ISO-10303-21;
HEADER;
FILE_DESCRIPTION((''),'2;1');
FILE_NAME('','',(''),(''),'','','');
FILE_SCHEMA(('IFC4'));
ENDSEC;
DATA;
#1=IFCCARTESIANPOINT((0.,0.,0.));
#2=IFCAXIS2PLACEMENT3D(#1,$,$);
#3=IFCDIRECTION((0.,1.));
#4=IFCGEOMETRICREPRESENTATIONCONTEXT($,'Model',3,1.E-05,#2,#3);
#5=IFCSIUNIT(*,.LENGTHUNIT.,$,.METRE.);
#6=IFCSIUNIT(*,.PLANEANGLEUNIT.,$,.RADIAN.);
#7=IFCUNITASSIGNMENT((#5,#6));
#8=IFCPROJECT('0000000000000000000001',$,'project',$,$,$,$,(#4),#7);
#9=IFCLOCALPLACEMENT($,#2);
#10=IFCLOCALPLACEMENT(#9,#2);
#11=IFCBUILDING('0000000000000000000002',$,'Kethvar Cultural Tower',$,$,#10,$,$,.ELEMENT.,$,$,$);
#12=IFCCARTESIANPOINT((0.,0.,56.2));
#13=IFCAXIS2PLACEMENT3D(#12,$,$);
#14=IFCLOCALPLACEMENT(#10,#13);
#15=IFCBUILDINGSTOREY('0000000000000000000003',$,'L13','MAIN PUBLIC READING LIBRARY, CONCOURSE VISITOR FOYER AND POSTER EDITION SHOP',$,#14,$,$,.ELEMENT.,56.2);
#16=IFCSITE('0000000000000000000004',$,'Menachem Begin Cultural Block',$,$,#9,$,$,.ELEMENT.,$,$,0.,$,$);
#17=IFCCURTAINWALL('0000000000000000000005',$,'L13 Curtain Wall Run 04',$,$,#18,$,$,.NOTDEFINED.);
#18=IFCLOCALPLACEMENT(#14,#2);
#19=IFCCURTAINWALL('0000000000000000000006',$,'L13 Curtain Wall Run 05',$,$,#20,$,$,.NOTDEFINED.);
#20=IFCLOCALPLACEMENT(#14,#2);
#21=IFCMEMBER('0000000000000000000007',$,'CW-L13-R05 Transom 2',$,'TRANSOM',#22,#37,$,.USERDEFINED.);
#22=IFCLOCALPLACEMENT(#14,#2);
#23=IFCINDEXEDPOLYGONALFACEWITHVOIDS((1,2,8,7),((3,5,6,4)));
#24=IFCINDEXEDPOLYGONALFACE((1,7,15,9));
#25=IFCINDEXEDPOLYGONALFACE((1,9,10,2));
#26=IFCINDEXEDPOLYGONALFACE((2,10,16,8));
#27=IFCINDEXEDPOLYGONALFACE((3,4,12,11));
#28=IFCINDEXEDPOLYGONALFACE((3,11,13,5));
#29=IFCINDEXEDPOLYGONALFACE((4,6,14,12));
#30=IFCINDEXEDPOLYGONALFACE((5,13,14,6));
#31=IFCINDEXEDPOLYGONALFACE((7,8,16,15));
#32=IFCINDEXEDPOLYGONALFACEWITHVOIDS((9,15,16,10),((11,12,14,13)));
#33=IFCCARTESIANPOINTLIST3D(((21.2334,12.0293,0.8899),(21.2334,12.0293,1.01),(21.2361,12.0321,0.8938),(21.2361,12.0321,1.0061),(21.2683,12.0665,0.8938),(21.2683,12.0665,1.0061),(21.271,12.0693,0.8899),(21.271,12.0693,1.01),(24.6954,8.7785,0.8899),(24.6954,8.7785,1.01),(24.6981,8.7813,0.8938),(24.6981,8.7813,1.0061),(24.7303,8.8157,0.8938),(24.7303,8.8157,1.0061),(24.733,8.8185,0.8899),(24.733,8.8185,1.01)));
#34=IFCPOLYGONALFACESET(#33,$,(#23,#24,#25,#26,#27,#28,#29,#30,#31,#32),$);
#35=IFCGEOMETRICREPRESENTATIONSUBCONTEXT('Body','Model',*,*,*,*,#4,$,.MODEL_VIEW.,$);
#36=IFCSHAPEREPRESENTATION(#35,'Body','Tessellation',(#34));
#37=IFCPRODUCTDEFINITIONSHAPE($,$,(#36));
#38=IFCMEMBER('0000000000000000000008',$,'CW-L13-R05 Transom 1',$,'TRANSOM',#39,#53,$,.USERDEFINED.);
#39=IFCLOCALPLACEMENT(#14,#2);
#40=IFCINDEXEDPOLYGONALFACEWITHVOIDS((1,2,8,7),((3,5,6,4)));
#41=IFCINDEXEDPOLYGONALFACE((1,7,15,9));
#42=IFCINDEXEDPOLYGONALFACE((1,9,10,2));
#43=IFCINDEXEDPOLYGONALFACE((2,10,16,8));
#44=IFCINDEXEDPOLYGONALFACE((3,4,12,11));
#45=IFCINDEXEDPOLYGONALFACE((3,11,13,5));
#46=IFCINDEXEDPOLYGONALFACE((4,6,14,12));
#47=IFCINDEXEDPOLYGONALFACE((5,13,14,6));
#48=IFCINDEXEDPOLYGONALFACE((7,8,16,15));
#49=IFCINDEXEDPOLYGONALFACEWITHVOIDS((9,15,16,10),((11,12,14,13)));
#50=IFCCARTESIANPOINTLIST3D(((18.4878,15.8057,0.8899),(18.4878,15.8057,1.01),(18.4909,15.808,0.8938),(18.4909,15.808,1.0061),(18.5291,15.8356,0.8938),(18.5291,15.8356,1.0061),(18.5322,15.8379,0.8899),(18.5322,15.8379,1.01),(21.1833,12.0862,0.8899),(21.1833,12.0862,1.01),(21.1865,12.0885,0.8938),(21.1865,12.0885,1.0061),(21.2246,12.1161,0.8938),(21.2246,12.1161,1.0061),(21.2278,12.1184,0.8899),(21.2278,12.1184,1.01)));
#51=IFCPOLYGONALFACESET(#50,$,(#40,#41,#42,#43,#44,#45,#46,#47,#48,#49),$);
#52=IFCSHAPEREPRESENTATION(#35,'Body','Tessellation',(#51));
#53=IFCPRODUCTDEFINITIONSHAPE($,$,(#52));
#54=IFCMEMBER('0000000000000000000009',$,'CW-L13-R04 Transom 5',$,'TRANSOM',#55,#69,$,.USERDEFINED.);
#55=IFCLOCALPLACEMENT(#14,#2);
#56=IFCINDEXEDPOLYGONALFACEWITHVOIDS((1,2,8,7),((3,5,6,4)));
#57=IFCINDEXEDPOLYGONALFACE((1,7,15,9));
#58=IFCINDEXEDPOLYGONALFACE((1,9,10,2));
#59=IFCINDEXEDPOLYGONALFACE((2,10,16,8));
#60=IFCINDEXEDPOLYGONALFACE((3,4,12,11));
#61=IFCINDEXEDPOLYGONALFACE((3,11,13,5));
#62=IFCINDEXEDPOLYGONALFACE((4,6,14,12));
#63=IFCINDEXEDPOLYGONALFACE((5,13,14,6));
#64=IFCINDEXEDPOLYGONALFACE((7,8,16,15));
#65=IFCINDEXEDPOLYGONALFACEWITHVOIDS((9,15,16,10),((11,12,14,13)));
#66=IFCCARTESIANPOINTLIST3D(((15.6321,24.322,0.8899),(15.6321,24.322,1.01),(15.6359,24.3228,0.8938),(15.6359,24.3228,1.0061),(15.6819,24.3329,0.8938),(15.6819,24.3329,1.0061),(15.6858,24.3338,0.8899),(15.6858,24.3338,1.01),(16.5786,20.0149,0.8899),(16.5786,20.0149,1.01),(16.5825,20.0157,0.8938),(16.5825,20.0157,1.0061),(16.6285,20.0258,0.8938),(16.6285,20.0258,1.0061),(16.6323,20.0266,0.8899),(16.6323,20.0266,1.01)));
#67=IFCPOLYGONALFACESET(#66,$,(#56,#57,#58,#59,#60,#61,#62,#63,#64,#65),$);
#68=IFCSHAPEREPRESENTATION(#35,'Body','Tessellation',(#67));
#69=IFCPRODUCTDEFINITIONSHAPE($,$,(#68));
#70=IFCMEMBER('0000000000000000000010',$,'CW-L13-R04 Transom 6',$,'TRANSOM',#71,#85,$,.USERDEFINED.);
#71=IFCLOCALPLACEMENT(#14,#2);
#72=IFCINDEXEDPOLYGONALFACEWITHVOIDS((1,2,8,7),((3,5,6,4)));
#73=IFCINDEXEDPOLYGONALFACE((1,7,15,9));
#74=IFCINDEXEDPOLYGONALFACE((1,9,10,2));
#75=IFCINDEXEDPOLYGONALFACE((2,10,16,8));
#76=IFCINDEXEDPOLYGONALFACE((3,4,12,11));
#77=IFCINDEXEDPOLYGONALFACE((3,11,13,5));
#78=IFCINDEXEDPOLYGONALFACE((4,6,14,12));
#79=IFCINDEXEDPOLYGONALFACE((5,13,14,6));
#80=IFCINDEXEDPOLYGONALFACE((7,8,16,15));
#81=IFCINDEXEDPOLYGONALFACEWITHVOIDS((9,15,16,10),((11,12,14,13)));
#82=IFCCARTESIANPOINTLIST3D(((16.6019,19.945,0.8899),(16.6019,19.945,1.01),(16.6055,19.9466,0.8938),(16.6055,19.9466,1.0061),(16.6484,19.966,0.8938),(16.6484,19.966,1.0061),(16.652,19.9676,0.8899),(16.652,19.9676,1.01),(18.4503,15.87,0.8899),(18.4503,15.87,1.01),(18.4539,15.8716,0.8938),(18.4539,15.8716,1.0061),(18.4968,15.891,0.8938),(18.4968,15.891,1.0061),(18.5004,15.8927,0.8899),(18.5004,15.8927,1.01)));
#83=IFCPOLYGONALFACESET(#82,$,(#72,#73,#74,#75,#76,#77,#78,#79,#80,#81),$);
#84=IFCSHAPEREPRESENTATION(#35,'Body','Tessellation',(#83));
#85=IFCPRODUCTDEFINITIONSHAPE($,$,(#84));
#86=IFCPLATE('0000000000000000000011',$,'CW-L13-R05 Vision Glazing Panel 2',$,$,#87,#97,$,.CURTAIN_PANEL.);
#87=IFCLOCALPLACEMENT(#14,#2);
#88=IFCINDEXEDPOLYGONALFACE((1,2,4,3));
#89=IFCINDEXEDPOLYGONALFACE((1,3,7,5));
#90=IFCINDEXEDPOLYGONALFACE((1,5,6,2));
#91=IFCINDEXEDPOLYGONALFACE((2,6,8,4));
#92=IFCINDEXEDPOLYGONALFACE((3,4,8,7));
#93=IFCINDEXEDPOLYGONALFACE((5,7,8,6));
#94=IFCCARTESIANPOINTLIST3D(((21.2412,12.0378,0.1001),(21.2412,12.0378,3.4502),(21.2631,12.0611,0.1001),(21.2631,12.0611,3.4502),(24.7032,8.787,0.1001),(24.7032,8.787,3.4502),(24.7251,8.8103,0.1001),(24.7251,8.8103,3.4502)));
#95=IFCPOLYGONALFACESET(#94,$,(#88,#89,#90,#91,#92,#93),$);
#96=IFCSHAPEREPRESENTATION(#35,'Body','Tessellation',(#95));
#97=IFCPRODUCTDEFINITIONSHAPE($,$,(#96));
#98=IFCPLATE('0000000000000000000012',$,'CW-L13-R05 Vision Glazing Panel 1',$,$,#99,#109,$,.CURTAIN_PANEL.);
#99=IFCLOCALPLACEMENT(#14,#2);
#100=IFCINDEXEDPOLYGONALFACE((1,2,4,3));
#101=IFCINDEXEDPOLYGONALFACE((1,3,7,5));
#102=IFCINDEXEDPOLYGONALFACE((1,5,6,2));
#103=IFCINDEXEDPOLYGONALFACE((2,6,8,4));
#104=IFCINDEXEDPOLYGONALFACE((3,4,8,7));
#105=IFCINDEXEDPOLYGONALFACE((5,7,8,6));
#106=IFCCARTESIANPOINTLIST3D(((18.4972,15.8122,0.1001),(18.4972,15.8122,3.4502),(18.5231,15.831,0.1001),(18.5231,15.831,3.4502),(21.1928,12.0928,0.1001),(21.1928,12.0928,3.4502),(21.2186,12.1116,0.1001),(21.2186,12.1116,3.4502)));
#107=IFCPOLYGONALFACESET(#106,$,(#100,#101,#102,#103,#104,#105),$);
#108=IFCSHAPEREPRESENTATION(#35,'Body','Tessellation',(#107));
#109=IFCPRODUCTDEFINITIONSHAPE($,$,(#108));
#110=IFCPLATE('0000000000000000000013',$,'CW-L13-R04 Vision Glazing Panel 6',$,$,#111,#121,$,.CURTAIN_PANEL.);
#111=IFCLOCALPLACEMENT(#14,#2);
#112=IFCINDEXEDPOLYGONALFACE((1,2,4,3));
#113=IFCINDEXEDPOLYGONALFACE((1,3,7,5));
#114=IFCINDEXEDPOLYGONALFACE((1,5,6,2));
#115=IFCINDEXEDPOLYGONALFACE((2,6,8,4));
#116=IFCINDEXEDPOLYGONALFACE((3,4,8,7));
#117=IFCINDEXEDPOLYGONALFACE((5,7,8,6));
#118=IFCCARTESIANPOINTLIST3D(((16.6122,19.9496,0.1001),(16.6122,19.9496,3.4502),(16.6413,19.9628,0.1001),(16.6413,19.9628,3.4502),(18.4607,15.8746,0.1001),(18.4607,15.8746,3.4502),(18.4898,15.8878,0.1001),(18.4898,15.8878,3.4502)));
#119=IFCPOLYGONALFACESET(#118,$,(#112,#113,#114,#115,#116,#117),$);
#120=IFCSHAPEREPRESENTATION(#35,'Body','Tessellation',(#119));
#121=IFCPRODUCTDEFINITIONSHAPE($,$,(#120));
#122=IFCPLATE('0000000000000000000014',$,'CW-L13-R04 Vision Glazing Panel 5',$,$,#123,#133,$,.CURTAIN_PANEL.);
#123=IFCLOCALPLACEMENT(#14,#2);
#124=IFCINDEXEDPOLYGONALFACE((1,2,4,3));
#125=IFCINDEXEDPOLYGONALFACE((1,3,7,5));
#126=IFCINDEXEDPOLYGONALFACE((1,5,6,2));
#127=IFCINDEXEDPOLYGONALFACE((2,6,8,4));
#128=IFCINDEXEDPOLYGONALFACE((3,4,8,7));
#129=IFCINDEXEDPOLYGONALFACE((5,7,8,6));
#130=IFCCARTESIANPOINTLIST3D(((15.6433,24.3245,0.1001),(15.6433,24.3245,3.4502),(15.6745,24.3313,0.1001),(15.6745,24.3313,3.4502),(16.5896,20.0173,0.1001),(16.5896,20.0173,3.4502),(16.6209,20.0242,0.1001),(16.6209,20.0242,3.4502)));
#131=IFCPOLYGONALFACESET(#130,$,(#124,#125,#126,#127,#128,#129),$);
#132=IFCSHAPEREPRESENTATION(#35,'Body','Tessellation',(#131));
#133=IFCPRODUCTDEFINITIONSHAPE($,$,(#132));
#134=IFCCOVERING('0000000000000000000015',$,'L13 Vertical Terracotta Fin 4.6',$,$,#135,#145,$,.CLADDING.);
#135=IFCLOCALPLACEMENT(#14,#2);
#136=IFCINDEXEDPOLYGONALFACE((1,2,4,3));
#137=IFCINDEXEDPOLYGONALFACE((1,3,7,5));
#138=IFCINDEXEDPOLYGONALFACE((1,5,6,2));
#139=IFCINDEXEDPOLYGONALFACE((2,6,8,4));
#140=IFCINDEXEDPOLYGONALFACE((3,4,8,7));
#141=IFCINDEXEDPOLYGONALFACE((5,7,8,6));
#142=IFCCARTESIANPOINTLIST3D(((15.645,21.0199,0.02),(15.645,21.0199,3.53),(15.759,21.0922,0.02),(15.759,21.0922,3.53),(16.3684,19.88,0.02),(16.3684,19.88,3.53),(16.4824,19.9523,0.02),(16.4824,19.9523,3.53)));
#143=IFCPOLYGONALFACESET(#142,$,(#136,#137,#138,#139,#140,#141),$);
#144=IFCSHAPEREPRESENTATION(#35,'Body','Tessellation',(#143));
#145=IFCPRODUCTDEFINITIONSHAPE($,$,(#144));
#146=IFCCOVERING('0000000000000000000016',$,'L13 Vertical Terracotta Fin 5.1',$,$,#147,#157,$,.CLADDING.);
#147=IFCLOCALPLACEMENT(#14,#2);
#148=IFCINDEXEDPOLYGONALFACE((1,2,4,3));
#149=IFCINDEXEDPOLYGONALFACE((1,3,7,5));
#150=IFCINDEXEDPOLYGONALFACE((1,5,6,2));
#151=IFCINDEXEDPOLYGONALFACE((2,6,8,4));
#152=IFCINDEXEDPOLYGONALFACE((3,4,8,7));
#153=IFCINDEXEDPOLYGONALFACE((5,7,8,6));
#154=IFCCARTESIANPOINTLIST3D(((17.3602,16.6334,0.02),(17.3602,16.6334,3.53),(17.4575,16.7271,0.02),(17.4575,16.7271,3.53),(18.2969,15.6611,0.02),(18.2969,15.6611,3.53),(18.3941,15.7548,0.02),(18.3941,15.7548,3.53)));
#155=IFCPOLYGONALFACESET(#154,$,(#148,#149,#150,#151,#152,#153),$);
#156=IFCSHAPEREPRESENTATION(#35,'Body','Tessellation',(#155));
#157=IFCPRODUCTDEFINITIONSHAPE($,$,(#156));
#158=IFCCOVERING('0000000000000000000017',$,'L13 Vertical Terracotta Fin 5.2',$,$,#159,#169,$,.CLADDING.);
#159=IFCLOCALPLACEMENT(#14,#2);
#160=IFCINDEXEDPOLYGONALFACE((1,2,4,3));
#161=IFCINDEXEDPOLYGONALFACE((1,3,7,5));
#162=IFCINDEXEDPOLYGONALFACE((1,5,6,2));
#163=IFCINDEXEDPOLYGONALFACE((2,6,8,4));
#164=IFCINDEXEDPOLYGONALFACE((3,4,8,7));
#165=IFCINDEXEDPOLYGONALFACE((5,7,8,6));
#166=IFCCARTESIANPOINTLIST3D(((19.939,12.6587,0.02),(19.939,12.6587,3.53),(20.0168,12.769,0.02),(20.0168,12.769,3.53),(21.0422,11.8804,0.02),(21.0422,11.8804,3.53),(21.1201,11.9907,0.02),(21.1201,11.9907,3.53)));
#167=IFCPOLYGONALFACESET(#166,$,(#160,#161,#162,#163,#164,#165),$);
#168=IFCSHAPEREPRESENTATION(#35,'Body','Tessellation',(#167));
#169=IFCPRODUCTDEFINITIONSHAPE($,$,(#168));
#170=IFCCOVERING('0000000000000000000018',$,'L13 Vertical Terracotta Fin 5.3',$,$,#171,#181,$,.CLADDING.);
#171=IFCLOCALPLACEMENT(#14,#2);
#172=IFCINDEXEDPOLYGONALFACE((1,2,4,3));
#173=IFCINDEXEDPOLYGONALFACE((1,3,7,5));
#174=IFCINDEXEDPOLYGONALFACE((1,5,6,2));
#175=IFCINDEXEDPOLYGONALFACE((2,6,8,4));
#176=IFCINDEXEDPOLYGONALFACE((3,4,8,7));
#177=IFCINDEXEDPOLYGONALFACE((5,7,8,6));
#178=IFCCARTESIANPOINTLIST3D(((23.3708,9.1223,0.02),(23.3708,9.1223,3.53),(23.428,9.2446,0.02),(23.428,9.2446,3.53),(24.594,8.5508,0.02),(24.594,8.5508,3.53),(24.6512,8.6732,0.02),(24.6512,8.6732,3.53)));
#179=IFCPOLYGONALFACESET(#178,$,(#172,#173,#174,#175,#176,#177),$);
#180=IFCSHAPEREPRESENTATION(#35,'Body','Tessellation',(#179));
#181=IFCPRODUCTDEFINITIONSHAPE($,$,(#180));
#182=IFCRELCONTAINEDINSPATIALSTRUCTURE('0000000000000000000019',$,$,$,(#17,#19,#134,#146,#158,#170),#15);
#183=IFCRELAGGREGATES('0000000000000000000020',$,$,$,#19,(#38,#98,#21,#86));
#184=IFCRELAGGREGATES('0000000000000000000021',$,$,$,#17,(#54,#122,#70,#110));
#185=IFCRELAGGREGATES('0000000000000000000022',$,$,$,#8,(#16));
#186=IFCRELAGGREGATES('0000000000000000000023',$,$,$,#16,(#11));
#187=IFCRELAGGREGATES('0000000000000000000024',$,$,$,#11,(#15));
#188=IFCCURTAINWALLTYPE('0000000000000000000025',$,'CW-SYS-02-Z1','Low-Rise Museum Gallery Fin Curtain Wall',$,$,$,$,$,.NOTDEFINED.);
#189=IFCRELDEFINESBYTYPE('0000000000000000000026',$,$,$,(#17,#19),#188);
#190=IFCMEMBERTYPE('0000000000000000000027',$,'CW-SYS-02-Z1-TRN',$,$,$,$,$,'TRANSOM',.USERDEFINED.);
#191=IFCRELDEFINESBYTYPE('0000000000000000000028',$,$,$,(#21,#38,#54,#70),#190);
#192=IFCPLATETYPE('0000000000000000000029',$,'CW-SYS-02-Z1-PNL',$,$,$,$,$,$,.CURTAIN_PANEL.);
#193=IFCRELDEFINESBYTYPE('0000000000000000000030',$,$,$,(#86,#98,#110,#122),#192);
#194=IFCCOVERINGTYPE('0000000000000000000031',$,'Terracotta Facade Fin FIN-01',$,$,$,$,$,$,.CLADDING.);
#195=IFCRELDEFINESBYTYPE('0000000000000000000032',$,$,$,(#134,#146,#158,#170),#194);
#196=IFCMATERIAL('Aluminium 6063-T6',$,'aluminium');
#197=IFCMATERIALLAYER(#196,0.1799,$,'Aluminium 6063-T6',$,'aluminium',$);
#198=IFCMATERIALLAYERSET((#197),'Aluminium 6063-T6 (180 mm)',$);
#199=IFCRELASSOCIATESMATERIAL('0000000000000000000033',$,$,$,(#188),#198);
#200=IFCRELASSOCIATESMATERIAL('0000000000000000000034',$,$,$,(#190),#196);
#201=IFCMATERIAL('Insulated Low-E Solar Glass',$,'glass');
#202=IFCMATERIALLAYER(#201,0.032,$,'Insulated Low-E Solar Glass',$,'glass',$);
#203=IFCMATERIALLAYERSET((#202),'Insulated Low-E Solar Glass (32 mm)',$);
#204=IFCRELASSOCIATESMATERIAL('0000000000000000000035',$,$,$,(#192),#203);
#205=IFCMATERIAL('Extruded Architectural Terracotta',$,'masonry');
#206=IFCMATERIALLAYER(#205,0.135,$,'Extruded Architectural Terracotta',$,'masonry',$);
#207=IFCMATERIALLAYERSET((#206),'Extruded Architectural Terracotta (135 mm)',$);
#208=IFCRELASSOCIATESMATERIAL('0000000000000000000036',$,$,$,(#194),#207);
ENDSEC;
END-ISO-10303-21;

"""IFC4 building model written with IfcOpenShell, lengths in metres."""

from ifc_helpers import new_model, si_unit, direction, frame, origin, origin_2d, place, context, subcontext, project, spatial, rectangle, hollow_rectangle, extrude, source, transform, mapped, material, layer, layer_set, material_profile, profile_set, type_object, element, aggregate, save


model = new_model("IFC4")

# Units and contexts
model_context = context("Model", 3, precision=1e-05, world=origin(), true_north=direction((0.0, 1.0)))
body_context = subcontext(model_context, "Body", "Model", "MODEL_VIEW")
ifc_project = project(units=[si_unit("LENGTHUNIT", "METRE"), si_unit("PLANEANGLEUNIT", "RADIAN")], contexts=[model_context])

# Site, building, storey
site_placement = place(None, origin())
site = spatial("IfcSite", under=ifc_project, at=site_placement, Name="Menachem Begin Cultural Block", CompositionType="ELEMENT", RefElevation=0.0)
building_placement = place(site_placement, origin())
building = spatial("IfcBuilding", under=site, at=building_placement, Name="Kethvar Cultural Tower", CompositionType="ELEMENT")
storey_placement = place(building_placement, frame((0.0, 0.0, 56.2)))
storey = spatial("IfcBuildingStorey", under=building, at=storey_placement, Name="L13", Description="MAIN PUBLIC READING LIBRARY, CONCOURSE VISITOR FOYER AND POSTER EDITION SHOP", CompositionType="ELEMENT", Elevation=56.2)

# Curtain walls, members
ifc_material_1 = material(Name="Aluminium 6063-T6", Category="aluminium")
ifc_layer_1 = layer(ifc_material_1, 0.1799, Name="Aluminium 6063-T6", Category="aluminium")
ifc_layer_set_1 = layer_set([ifc_layer_1], Name="Aluminium 6063-T6 (180 mm)")
curtain_wall_type = type_object("IfcCurtainWallType", Name="CW-SYS-02-Z1", Description="Low-Rise Museum Gallery Fin Curtain Wall", PredefinedType="NOTDEFINED", material=ifc_layer_set_1)
curtain_wall_1_placement = place(storey_placement, origin())
curtain_wall_1 = element("IfcCurtainWall", 1, at=curtain_wall_1_placement, inside=storey, type_object=curtain_wall_type, Name="L13 Curtain Wall Run 04", PredefinedType="NOTDEFINED")
curtain_wall_2_placement = place(storey_placement, origin())
curtain_wall_2 = element("IfcCurtainWall", 2, at=curtain_wall_2_placement, inside=storey, type_object=curtain_wall_type, Name="L13 Curtain Wall Run 05", PredefinedType="NOTDEFINED")
ifc_material_profile_1 = material_profile(ifc_material_1, hollow_rectangle(XDim=0.0549, YDim=0.1201, WallThickness=0.0039, at=origin_2d()), Name="Aluminium 6063-T6 — RHS120x55x4")
ifc_profile_set_1 = profile_set([ifc_material_profile_1], Name="Aluminium 6063-T6 — RHS120x55x4")
member_type_1 = type_object("IfcMemberType", Name="CW-SYS-02-Z1-TRN", ElementType="TRANSOM", PredefinedType="USERDEFINED", material=ifc_profile_set_1)
shared_shape_1 = source(origin(), body_context, "Body", "SweptSolid", [
    extrude(hollow_rectangle(XDim=0.0549, YDim=0.1201, WallThickness=0.0039, at=origin_2d()), origin(), (0.0, 0.0, 1.0), 4.749),
])
member_1_placement = place(storey_placement, frame((21.2522, 12.0493, 0.95), z_axis=(0.728992, -0.684522, 0.0), x_axis=(0.684522, 0.728992, 0.0)))
member_1 = element("IfcMember", 3, at=member_1_placement, type_object=member_type_1, Name="CW-L13-R05 Transom 2", ObjectType="TRANSOM", PredefinedType="USERDEFINED", context=body_context, shape_type="MappedRepresentation", body=[
    mapped(shared_shape_1, transform((0.0, 0.0, 0.0), scale=1.0)),
])
shared_shape_2 = source(origin(), body_context, "Body", "SweptSolid", [
    extrude(hollow_rectangle(XDim=0.0549, YDim=0.1201, WallThickness=0.0039, at=origin_2d()), origin(), (0.0, 0.0, 1.0), 4.5935),
])
member_2_placement = place(storey_placement, frame((18.51, 15.8218, 0.95), z_axis=(0.586815, -0.809721, 0.0), x_axis=(0.809721, 0.586815, 0.0)))
member_2 = element("IfcMember", 4, at=member_2_placement, type_object=member_type_1, Name="CW-L13-R05 Transom 1", ObjectType="TRANSOM", PredefinedType="USERDEFINED", context=body_context, shape_type="MappedRepresentation", body=[
    mapped(shared_shape_2, transform((0.0, 0.0, 0.0), scale=1.0)),
])

# Members
shared_shape_3 = source(origin(), body_context, "Body", "SweptSolid", [
    extrude(hollow_rectangle(XDim=0.0549, YDim=0.1201, WallThickness=0.0039, at=origin_2d()), origin(), (0.0, 0.0, 1.0), 4.4099),
])
member_3_placement = place(storey_placement, frame((15.6589, 24.3279, 0.95), z_axis=(0.214638, -0.976694, 0.0), x_axis=(0.976694, 0.214638, 0.0)))
member_3 = element("IfcMember", 5, at=member_3_placement, type_object=member_type_1, Name="CW-L13-R04 Transom 5", ObjectType="TRANSOM", PredefinedType="USERDEFINED", context=body_context, shape_type="MappedRepresentation", body=[
    mapped(shared_shape_3, transform((0.0, 0.0, 0.0), scale=1.0)),
])
shared_shape_4 = source(origin(), body_context, "Body", "SweptSolid", [
    extrude(hollow_rectangle(XDim=0.0549, YDim=0.1201, WallThickness=0.0039, at=origin_2d()), origin(), (0.0, 0.0, 1.0), 4.4746),
])
member_4_placement = place(storey_placement, frame((16.627, 19.9563, 0.95), z_axis=(0.413088, -0.910691, 0.0), x_axis=(0.910691, 0.413088, 0.0)))
member_4 = element("IfcMember", 6, at=member_4_placement, type_object=member_type_1, Name="CW-L13-R04 Transom 6", ObjectType="TRANSOM", PredefinedType="USERDEFINED", context=body_context, shape_type="MappedRepresentation", body=[
    mapped(shared_shape_4, transform((0.0, 0.0, 0.0), scale=1.0)),
])

# Plates
ifc_material_2 = material(Name="Insulated Low-E Solar Glass", Category="glass")
ifc_layer_2 = layer(ifc_material_2, 0.032, Name="Insulated Low-E Solar Glass", Category="glass")
ifc_layer_set_2 = layer_set([ifc_layer_2], Name="Insulated Low-E Solar Glass (32 mm)")
plate_type = type_object("IfcPlateType", Name="CW-SYS-02-Z1-PNL", PredefinedType="CURTAIN_PANEL", material=ifc_layer_set_2)
shared_shape_5 = source(origin(), body_context, "Body", "SweptSolid", [
    extrude(rectangle(XDim=4.749, YDim=0.032, at=origin_2d()), origin(), (0.0, 0.0, 1.0), 3.3501),
])
plate_1_placement = place(storey_placement, frame((22.9832, 10.4241, 0.1001), z_axis=(0.0, 0.0, 1.0), x_axis=(0.728993, -0.684522, 0.0)))
plate_1 = element("IfcPlate", 7, at=plate_1_placement, type_object=plate_type, Name="CW-L13-R05 Vision Glazing Panel 2", PredefinedType="CURTAIN_PANEL", context=body_context, shape_type="MappedRepresentation", body=[
    mapped(shared_shape_5, transform((0.0, 0.0, 0.0), scale=1.0)),
])
shared_shape_6 = source(origin(), body_context, "Body", "SweptSolid", [
    extrude(rectangle(XDim=4.5935, YDim=0.032, at=origin_2d()), origin(), (0.0, 0.0, 1.0), 3.3501),
])
plate_2_placement = place(storey_placement, frame((19.8579, 13.9619, 0.1001), z_axis=(0.0, 0.0, 1.0), x_axis=(0.586825, -0.809714, 0.0)))
plate_2 = element("IfcPlate", 8, at=plate_2_placement, type_object=plate_type, Name="CW-L13-R05 Vision Glazing Panel 1", PredefinedType="CURTAIN_PANEL", context=body_context, shape_type="MappedRepresentation", body=[
    mapped(shared_shape_6, transform((0.0, 0.0, 0.0), scale=1.0)),
])
aggregate(curtain_wall_2, [member_2, plate_2, member_1, plate_1])
shared_shape_7 = source(origin(), body_context, "Body", "SweptSolid", [
    extrude(rectangle(XDim=4.4746, YDim=0.032, at=origin_2d()), origin(), (0.0, 0.0, 1.0), 3.3501),
])
plate_3_placement = place(storey_placement, frame((17.551, 17.9187, 0.1001), z_axis=(0.0, 0.0, 1.0), x_axis=(0.413104, -0.910684, 0.0)))
plate_3 = element("IfcPlate", 9, at=plate_3_placement, type_object=plate_type, Name="CW-L13-R04 Vision Glazing Panel 6", PredefinedType="CURTAIN_PANEL", context=body_context, shape_type="MappedRepresentation", body=[
    mapped(shared_shape_7, transform((0.0, 0.0, 0.0), scale=1.0)),
])
shared_shape_8 = source(origin(), body_context, "Body", "SweptSolid", [
    extrude(rectangle(XDim=4.4099, YDim=0.032, at=origin_2d()), origin(), (0.0, 0.0, 1.0), 3.3501),
])
plate_4_placement = place(storey_placement, frame((16.1321, 22.1743, 0.1001), z_axis=(0.0, 0.0, 1.0), x_axis=(0.214599, -0.976702, 0.0)))
plate_4 = element("IfcPlate", 10, at=plate_4_placement, type_object=plate_type, Name="CW-L13-R04 Vision Glazing Panel 5", PredefinedType="CURTAIN_PANEL", context=body_context, shape_type="MappedRepresentation", body=[
    mapped(shared_shape_8, transform((0.0, 0.0, 0.0), scale=1.0)),
])
aggregate(curtain_wall_1, [member_3, plate_4, member_4, plate_3])

# Coverings
ifc_material_3 = material(Name="Extruded Architectural Terracotta", Category="masonry")
ifc_layer_3 = layer(ifc_material_3, 0.135, Name="Extruded Architectural Terracotta", Category="masonry")
ifc_layer_set_3 = layer_set([ifc_layer_3], Name="Extruded Architectural Terracotta (135 mm)")
covering_type = type_object("IfcCoveringType", Name="Terracotta Facade Fin FIN-01", PredefinedType="CLADDING", material=ifc_layer_set_3)
shared_shape_9 = source(origin(), body_context, "Body", "SweptSolid", [
    extrude(rectangle(XDim=1.3501, YDim=0.135, at=origin_2d()), origin(), (0.0, 0.0, 1.0), 3.51),
])
for number, where, z_axis, x_axis, name in (
    (11, (16.0637, 20.4861, 0.02), (0.0, 0.0, 1.0), (-0.535827, 0.844328, 0.0), "L13 Vertical Terracotta Fin 4.6"),
    (12, (17.8772, 16.1941, 0.02), (0.0, 0.0, 1.0), (-0.693779, 0.720188, 0.0), "L13 Vertical Terracotta Fin 5.1"),
    (13, (20.5295, 12.3247, 0.02), (0.0, 0.0, 1.0), (-0.817145, 0.576432, 0.0), "L13 Vertical Terracotta Fin 5.2"),
    (14, (24.011, 8.8977, 0.02), (0.0, 0.0, 1.0), (-0.906013, 0.423251, 0.0), "L13 Vertical Terracotta Fin 5.3"),
):
    element("IfcCovering", number, at=place(storey_placement, frame(where, z_axis=z_axis, x_axis=x_axis)), inside=storey, type_object=covering_type, Name=name, PredefinedType="CLADDING", context=body_context, shape_type="MappedRepresentation", body=[
        mapped(shared_shape_9, transform((0.0, 0.0, 0.0), scale=1.0)),
    ])

save(model, "model.ifc")
